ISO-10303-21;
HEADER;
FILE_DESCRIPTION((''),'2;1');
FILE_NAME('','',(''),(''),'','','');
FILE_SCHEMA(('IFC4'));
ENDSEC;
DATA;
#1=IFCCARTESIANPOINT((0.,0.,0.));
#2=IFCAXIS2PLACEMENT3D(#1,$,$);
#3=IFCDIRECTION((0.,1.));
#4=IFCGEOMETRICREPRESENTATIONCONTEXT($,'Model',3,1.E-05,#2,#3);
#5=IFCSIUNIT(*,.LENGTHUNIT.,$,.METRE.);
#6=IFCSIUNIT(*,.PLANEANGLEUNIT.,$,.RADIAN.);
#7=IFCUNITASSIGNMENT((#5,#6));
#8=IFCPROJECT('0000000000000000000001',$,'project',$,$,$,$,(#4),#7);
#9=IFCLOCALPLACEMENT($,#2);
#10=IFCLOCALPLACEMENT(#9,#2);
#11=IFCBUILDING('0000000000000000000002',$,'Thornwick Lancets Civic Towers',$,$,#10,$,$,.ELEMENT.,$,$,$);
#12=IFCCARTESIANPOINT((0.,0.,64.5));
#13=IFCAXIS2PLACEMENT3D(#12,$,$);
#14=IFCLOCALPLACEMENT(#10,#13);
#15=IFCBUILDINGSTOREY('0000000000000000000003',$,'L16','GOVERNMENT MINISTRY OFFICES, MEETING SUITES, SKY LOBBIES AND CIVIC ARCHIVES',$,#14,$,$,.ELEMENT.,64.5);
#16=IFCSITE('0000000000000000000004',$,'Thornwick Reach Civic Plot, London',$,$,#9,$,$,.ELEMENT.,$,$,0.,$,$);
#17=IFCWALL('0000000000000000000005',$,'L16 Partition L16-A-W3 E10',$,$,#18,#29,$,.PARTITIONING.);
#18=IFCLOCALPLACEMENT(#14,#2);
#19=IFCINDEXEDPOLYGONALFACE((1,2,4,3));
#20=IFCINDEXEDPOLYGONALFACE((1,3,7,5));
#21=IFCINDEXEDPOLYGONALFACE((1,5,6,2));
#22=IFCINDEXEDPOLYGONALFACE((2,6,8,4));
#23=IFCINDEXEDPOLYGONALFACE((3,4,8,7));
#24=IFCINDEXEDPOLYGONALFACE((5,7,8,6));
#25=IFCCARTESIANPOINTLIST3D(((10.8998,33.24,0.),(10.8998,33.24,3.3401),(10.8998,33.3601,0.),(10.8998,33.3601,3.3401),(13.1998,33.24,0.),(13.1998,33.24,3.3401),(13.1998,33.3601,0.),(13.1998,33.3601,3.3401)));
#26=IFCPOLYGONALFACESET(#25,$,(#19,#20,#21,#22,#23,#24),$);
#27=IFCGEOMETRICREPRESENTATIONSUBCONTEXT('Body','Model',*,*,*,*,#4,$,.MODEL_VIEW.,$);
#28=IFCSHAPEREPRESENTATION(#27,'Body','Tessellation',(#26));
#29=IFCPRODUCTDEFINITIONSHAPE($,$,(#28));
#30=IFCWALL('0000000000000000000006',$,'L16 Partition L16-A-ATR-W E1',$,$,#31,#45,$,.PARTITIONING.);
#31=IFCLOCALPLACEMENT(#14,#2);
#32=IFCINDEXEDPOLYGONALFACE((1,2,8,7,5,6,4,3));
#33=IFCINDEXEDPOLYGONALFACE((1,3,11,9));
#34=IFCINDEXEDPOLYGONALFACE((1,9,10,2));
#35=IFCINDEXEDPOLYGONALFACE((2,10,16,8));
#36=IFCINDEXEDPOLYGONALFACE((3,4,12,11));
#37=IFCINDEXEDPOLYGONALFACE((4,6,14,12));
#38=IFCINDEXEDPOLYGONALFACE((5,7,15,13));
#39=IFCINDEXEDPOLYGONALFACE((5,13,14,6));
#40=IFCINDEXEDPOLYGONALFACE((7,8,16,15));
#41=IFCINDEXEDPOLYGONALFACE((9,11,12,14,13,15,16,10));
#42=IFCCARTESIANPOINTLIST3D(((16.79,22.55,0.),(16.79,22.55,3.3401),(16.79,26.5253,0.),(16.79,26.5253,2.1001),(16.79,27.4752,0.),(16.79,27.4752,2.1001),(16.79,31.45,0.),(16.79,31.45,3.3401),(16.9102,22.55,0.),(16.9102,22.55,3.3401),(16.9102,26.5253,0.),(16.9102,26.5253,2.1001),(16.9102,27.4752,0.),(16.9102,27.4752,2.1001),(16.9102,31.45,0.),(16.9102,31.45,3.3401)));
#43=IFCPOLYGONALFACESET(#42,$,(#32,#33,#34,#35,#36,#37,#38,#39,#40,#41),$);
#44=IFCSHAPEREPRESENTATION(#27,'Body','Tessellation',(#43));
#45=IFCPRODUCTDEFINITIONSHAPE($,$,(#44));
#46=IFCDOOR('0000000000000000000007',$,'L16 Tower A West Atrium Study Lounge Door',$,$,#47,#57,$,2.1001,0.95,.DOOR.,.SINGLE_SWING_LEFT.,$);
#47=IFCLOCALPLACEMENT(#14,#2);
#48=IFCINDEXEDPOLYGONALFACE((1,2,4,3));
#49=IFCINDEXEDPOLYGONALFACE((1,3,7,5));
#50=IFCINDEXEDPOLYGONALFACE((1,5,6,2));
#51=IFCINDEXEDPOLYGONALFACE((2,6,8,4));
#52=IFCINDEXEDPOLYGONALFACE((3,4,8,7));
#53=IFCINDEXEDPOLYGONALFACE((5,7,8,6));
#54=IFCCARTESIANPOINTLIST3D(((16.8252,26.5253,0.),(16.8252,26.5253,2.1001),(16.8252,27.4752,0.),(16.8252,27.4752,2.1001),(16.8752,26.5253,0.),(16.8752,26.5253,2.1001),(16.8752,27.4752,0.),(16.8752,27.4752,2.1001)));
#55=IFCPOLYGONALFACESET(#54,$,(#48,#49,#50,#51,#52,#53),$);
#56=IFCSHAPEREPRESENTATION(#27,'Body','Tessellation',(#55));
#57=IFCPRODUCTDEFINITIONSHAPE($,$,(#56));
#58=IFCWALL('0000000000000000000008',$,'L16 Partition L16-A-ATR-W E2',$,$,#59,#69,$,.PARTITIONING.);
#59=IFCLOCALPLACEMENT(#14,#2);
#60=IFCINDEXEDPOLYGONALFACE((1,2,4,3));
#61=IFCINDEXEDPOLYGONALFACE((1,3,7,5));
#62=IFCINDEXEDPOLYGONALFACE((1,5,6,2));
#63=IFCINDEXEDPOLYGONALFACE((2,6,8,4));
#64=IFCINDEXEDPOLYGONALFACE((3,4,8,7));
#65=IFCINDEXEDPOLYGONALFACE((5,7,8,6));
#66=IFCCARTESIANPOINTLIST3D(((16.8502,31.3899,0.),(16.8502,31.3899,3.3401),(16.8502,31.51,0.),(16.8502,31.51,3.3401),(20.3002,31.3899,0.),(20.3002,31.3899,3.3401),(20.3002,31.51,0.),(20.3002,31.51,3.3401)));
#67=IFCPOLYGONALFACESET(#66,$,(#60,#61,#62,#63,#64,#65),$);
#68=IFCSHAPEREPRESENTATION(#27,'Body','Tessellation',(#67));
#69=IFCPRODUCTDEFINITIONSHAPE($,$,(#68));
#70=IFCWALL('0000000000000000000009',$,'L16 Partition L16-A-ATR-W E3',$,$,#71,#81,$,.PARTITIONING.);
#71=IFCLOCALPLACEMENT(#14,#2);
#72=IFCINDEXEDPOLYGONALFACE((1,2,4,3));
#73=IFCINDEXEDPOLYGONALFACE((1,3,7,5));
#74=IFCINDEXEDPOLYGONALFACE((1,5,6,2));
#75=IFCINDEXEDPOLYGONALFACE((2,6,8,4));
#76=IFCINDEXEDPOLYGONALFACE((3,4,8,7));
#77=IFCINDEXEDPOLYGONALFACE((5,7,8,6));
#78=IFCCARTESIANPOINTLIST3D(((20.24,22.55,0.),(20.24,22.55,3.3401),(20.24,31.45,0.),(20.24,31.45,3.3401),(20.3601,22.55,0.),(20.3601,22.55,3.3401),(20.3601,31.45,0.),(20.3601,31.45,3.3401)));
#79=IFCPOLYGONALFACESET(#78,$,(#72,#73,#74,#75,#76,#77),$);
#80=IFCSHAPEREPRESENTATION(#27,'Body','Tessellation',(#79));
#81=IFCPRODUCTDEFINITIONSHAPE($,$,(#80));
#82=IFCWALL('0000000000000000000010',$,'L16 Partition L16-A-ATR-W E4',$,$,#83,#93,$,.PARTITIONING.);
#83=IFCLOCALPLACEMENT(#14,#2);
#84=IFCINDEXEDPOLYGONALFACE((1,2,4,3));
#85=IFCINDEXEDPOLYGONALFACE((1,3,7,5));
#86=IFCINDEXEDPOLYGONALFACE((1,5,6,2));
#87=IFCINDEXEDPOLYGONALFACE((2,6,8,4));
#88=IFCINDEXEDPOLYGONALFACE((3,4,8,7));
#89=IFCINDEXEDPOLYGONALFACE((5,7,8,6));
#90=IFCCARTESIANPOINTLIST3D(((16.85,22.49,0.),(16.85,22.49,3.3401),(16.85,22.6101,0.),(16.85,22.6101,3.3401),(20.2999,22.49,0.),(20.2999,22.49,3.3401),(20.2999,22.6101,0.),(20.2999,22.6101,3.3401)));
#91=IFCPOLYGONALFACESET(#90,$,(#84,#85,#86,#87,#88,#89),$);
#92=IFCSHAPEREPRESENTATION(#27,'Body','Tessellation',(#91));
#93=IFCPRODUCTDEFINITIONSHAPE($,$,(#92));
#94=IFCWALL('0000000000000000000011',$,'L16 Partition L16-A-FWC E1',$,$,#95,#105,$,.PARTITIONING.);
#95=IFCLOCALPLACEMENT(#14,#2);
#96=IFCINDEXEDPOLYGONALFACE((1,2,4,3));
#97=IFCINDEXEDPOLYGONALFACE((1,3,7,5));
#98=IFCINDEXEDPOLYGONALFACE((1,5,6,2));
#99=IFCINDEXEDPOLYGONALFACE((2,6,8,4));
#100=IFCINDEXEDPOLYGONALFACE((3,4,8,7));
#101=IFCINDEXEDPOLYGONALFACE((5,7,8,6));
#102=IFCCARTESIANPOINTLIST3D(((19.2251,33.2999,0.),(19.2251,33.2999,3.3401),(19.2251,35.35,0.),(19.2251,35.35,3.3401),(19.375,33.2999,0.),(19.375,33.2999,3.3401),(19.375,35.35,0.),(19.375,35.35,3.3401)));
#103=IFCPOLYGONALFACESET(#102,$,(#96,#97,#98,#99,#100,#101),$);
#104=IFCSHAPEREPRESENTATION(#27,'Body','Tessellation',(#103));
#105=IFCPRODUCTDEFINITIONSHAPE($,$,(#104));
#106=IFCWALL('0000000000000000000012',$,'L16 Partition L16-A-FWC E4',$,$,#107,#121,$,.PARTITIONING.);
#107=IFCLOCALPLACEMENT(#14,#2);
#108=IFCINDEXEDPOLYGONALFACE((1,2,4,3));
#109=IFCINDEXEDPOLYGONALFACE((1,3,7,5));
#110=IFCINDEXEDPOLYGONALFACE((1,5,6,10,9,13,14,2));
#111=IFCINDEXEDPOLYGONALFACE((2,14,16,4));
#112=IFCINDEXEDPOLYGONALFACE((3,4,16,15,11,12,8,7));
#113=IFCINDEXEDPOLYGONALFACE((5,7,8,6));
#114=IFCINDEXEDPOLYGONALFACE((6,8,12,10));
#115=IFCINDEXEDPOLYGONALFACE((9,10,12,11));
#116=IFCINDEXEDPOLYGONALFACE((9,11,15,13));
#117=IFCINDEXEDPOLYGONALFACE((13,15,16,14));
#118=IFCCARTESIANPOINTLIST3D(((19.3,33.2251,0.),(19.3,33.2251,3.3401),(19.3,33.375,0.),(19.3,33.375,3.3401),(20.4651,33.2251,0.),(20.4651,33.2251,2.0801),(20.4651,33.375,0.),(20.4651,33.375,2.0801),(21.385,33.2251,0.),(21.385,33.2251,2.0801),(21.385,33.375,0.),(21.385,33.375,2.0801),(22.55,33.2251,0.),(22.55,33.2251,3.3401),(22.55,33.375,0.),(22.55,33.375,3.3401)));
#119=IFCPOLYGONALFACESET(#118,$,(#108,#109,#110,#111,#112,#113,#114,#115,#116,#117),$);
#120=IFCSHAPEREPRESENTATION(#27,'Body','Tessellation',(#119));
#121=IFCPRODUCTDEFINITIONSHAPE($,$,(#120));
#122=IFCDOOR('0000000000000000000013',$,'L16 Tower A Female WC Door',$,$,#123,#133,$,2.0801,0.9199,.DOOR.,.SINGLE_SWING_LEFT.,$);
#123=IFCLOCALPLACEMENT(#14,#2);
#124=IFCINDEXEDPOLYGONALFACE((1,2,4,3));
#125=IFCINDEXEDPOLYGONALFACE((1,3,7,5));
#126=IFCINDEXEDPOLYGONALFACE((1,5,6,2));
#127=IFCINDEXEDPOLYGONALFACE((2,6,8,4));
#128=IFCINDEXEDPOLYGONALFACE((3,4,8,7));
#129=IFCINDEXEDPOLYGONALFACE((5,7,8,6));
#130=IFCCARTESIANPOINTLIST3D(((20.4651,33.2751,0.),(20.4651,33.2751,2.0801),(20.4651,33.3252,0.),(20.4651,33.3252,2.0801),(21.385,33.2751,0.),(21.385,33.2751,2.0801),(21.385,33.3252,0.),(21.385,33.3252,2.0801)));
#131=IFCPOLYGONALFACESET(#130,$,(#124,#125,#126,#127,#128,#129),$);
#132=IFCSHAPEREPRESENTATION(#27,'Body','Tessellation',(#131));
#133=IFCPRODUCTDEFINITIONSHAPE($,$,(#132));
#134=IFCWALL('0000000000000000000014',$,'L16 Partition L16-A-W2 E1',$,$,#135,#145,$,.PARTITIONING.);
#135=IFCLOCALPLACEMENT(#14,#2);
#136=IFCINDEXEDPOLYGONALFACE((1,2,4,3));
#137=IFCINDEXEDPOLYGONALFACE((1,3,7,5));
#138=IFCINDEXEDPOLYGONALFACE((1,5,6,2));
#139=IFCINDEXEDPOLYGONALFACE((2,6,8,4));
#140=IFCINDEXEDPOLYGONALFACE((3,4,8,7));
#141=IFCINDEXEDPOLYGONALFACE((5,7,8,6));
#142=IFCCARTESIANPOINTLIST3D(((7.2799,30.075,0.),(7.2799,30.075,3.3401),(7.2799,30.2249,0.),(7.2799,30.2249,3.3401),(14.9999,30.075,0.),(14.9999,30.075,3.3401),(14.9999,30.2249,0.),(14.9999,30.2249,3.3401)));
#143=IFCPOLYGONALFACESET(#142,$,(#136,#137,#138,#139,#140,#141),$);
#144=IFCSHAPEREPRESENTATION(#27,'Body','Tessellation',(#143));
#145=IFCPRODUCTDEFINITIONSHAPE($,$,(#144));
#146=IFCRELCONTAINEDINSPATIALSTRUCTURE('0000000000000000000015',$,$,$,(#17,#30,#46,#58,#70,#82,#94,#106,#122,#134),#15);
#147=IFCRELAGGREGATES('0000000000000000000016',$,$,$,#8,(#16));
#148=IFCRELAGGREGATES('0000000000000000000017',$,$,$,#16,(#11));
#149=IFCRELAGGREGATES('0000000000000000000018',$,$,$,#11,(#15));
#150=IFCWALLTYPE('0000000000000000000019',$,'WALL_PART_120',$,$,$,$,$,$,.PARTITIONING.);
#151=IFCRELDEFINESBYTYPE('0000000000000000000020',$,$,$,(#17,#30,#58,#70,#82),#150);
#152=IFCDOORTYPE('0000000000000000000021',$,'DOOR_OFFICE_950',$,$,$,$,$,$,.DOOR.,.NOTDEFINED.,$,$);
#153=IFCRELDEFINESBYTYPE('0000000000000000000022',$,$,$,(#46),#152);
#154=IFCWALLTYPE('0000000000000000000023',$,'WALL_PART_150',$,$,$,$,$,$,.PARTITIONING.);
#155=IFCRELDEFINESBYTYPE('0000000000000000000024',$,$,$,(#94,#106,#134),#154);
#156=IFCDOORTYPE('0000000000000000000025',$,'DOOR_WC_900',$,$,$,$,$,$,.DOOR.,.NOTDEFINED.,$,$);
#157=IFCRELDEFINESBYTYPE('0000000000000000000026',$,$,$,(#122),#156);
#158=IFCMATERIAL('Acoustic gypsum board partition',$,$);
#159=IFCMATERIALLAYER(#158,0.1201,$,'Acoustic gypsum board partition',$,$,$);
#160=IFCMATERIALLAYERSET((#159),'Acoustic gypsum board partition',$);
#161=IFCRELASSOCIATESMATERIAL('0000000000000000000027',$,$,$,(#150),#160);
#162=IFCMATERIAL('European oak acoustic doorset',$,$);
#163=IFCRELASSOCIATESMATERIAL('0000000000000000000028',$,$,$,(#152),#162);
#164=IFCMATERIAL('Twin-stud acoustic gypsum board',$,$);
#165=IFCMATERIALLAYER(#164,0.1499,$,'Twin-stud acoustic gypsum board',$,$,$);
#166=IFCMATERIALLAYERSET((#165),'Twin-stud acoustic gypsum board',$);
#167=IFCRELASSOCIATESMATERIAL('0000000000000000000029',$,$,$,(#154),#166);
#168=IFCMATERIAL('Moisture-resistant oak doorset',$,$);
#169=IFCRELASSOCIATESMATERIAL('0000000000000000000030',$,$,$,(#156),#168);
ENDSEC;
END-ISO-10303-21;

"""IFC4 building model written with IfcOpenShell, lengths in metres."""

from ifc_helpers import new_model, si_unit, direction, frame, frame_2d, origin, place, context, subcontext, project, spatial, rectangle, extrude, material, layer, layer_set, type_object, element, fill, save


model = new_model("IFC4")

# Units and contexts
model_context = context("Model", 3, precision=1e-05, world=origin(), true_north=direction((0.0, 1.0)))
body_context = subcontext(model_context, "Body", "Model", "MODEL_VIEW")
ifc_project = project(units=[si_unit("LENGTHUNIT", "METRE"), si_unit("PLANEANGLEUNIT", "RADIAN")], contexts=[model_context])

# Site, building, storey
site_placement = place(None, origin())
site = spatial("IfcSite", under=ifc_project, at=site_placement, Name="Thornwick Reach Civic Plot, London", CompositionType="ELEMENT", RefElevation=0.0)
building_placement = place(site_placement, origin())
building = spatial("IfcBuilding", under=site, at=building_placement, Name="Thornwick Lancets Civic Towers", CompositionType="ELEMENT")
storey_placement = place(building_placement, frame((0.0, 0.0, 64.5)))
storey = spatial("IfcBuildingStorey", under=building, at=storey_placement, Name="L16", Description="GOVERNMENT MINISTRY OFFICES, MEETING SUITES, SKY LOBBIES AND CIVIC ARCHIVES", CompositionType="ELEMENT", Elevation=64.5)

# Shared definitions
ifc_material_1 = material(Name="Acoustic gypsum board partition")
ifc_layer_1 = layer(ifc_material_1, 0.1201, Name="Acoustic gypsum board partition")
ifc_layer_set_1 = layer_set([ifc_layer_1], Name="Acoustic gypsum board partition")
wall_type_1 = type_object("IfcWallType", Name="WALL_PART_120", PredefinedType="PARTITIONING", material=ifc_layer_set_1)

# Shared definitions
ifc_material_2 = material(Name="European oak acoustic doorset")
door_type_1 = type_object("IfcDoorType", Name="DOOR_OFFICE_950", OperationType="NOTDEFINED", PredefinedType="DOOR", material=ifc_material_2)

# Wall
wall_1_placement = place(storey_placement, frame((10.8999, 33.3, 0.0), z_axis=(0.0, 0.0, 1.0), x_axis=(1.0, 0.0, 0.0)))
element("IfcWall", 1, at=wall_1_placement, inside=storey, type_object=wall_type_1, Name="L16 Partition L16-A-W3 E10", PredefinedType="PARTITIONING", context=body_context, shape_type="SweptSolid", body=[
    extrude(rectangle(XDim=2.3, YDim=0.1201, at=frame_2d((1.1499, 0.0))), origin(), (0.0, 0.0, 1.0), 3.3401),
])

# Wall, opening, door
wall_2_placement = place(storey_placement, frame((16.8501, 22.55, 0.0), z_axis=(0.0, 0.0, 1.0), x_axis=(0.0, 1.0, 0.0)))
wall_2 = element("IfcWall", 2, at=wall_2_placement, inside=storey, type_object=wall_type_1, Name="L16 Partition L16-A-ATR-W E1", PredefinedType="PARTITIONING", context=body_context, shape_type="SweptSolid", body=[
    extrude(rectangle(XDim=8.8999, YDim=0.1201, at=frame_2d((4.45, 0.0))), origin(), (0.0, 0.0, 1.0), 3.3401),
])
opening_1_placement = place(wall_2_placement, frame((3.9751, 0.0, 0.0)))
opening_1 = element("IfcOpeningElement", 3, at=opening_1_placement, cuts=wall_2, PredefinedType="OPENING", context=body_context, shape_type="SweptSolid", body=[
    extrude(rectangle(XDim=0.95, YDim=2.1001, at=frame_2d((0.4751, 1.05))), frame((0.0, 0.0701, 0.0), z_axis=(0.0, -1.0, 0.0), x_axis=(1.0, 0.0, 0.0)), (0.0, 0.0, 1.0), 0.1401),
])
door_1_placement = place(opening_1_placement, origin())
door_1 = element("IfcDoor", 4, at=door_1_placement, inside=storey, type_object=door_type_1, Name="L16 Tower A West Atrium Study Lounge Door", OperationType="SINGLE_SWING_LEFT", OverallHeight=2.1001, OverallWidth=0.95, PredefinedType="DOOR", context=body_context, shape_type="SweptSolid", body=[
    extrude(rectangle(XDim=0.95, YDim=2.1001, at=frame_2d((0.4751, 1.05))), frame((0.0, 0.0249, 0.0), z_axis=(0.0, -1.0, 0.0), x_axis=(1.0, 0.0, 0.0)), (0.0, 0.0, 1.0), 0.05),
])
fill(opening_1, door_1)

# Walls
wall_3_placement = place(storey_placement, frame((16.8501, 31.45, 0.0), z_axis=(0.0, 0.0, 1.0), x_axis=(1.0, 0.0, 0.0)))
element("IfcWall", 5, at=wall_3_placement, inside=storey, type_object=wall_type_1, Name="L16 Partition L16-A-ATR-W E2", PredefinedType="PARTITIONING", context=body_context, shape_type="SweptSolid", body=[
    extrude(rectangle(XDim=3.45, YDim=0.1201, at=frame_2d((1.7251, 0.0))), origin(), (0.0, 0.0, 1.0), 3.3401),
])
wall_4_placement = place(storey_placement, frame((20.3, 31.45, 0.0), z_axis=(0.0, 0.0, 1.0), x_axis=(0.0, -1.0, 0.0)))
element("IfcWall", 6, at=wall_4_placement, inside=storey, type_object=wall_type_1, Name="L16 Partition L16-A-ATR-W E3", PredefinedType="PARTITIONING", context=body_context, shape_type="SweptSolid", body=[
    extrude(rectangle(XDim=8.8999, YDim=0.1201, at=frame_2d((4.45, 0.0))), origin(), (0.0, 0.0, 1.0), 3.3401),
])
wall_5_placement = place(storey_placement, frame((20.3, 22.55, 0.0), z_axis=(0.0, 0.0, 1.0), x_axis=(-1.0, 0.0, 0.0)))
element("IfcWall", 7, at=wall_5_placement, inside=storey, type_object=wall_type_1, Name="L16 Partition L16-A-ATR-W E4", PredefinedType="PARTITIONING", context=body_context, shape_type="SweptSolid", body=[
    extrude(rectangle(XDim=3.45, YDim=0.1201, at=frame_2d((1.7251, 0.0))), origin(), (0.0, 0.0, 1.0), 3.3401),
])
ifc_material_3 = material(Name="Twin-stud acoustic gypsum board")
ifc_layer_2 = layer(ifc_material_3, 0.1499, Name="Twin-stud acoustic gypsum board")
ifc_layer_set_2 = layer_set([ifc_layer_2], Name="Twin-stud acoustic gypsum board")
wall_type_2 = type_object("IfcWallType", Name="WALL_PART_150", PredefinedType="PARTITIONING", material=ifc_layer_set_2)
wall_6_placement = place(storey_placement, frame((19.3, 33.3, 0.0), z_axis=(0.0, 0.0, 1.0), x_axis=(0.0, 1.0, 0.0)))
element("IfcWall", 8, at=wall_6_placement, inside=storey, type_object=wall_type_2, Name="L16 Partition L16-A-FWC E1", PredefinedType="PARTITIONING", context=body_context, shape_type="SweptSolid", body=[
    extrude(rectangle(XDim=2.05, YDim=0.1499, at=frame_2d((1.0249, 0.0))), origin(), (0.0, 0.0, 1.0), 3.3401),
])

# Wall, opening, door
wall_7_placement = place(storey_placement, frame((22.55, 33.3, 0.0), z_axis=(0.0, 0.0, 1.0), x_axis=(-1.0, 0.0, 0.0)))
wall_7 = element("IfcWall", 9, at=wall_7_placement, inside=storey, type_object=wall_type_2, Name="L16 Partition L16-A-FWC E4", PredefinedType="PARTITIONING", context=body_context, shape_type="SweptSolid", body=[
    extrude(rectangle(XDim=3.25, YDim=0.1499, at=frame_2d((1.625, 0.0))), origin(), (0.0, 0.0, 1.0), 3.3401),
])
opening_2_placement = place(wall_7_placement, frame((1.165, 0.0, 0.0)))
opening_2 = element("IfcOpeningElement", 10, at=opening_2_placement, cuts=wall_7, PredefinedType="OPENING", context=body_context, shape_type="SweptSolid", body=[
    extrude(rectangle(XDim=0.9199, YDim=2.0801, at=frame_2d((0.46, 1.04))), frame((0.0, 0.085, 0.0), z_axis=(0.0, -1.0, 0.0), x_axis=(1.0, 0.0, 0.0)), (0.0, 0.0, 1.0), 0.1699),
])
ifc_material_4 = material(Name="Moisture-resistant oak doorset")
door_type_2 = type_object("IfcDoorType", Name="DOOR_WC_900", OperationType="NOTDEFINED", PredefinedType="DOOR", material=ifc_material_4)
door_2_placement = place(opening_2_placement, origin())
door_2 = element("IfcDoor", 11, at=door_2_placement, inside=storey, type_object=door_type_2, Name="L16 Tower A Female WC Door", OperationType="SINGLE_SWING_LEFT", OverallHeight=2.0801, OverallWidth=0.9199, PredefinedType="DOOR", context=body_context, shape_type="SweptSolid", body=[
    extrude(rectangle(XDim=0.9199, YDim=2.0801, at=frame_2d((0.46, 1.04))), frame((0.0, 0.0249, 0.0), z_axis=(0.0, -1.0, 0.0), x_axis=(1.0, 0.0, 0.0)), (0.0, 0.0, 1.0), 0.05),
])
fill(opening_2, door_2)

# Wall
wall_8_placement = place(storey_placement, frame((7.28, 30.1499, 0.0), z_axis=(0.0, 0.0, 1.0), x_axis=(1.0, 0.0, 0.0)))
element("IfcWall", 12, at=wall_8_placement, inside=storey, type_object=wall_type_2, Name="L16 Partition L16-A-W2 E1", PredefinedType="PARTITIONING", context=body_context, shape_type="SweptSolid", body=[
    extrude(rectangle(XDim=7.72, YDim=0.1499, at=frame_2d((3.8599, 0.0))), origin(), (0.0, 0.0, 1.0), 3.3401),
])

save(model, "model.ifc")
